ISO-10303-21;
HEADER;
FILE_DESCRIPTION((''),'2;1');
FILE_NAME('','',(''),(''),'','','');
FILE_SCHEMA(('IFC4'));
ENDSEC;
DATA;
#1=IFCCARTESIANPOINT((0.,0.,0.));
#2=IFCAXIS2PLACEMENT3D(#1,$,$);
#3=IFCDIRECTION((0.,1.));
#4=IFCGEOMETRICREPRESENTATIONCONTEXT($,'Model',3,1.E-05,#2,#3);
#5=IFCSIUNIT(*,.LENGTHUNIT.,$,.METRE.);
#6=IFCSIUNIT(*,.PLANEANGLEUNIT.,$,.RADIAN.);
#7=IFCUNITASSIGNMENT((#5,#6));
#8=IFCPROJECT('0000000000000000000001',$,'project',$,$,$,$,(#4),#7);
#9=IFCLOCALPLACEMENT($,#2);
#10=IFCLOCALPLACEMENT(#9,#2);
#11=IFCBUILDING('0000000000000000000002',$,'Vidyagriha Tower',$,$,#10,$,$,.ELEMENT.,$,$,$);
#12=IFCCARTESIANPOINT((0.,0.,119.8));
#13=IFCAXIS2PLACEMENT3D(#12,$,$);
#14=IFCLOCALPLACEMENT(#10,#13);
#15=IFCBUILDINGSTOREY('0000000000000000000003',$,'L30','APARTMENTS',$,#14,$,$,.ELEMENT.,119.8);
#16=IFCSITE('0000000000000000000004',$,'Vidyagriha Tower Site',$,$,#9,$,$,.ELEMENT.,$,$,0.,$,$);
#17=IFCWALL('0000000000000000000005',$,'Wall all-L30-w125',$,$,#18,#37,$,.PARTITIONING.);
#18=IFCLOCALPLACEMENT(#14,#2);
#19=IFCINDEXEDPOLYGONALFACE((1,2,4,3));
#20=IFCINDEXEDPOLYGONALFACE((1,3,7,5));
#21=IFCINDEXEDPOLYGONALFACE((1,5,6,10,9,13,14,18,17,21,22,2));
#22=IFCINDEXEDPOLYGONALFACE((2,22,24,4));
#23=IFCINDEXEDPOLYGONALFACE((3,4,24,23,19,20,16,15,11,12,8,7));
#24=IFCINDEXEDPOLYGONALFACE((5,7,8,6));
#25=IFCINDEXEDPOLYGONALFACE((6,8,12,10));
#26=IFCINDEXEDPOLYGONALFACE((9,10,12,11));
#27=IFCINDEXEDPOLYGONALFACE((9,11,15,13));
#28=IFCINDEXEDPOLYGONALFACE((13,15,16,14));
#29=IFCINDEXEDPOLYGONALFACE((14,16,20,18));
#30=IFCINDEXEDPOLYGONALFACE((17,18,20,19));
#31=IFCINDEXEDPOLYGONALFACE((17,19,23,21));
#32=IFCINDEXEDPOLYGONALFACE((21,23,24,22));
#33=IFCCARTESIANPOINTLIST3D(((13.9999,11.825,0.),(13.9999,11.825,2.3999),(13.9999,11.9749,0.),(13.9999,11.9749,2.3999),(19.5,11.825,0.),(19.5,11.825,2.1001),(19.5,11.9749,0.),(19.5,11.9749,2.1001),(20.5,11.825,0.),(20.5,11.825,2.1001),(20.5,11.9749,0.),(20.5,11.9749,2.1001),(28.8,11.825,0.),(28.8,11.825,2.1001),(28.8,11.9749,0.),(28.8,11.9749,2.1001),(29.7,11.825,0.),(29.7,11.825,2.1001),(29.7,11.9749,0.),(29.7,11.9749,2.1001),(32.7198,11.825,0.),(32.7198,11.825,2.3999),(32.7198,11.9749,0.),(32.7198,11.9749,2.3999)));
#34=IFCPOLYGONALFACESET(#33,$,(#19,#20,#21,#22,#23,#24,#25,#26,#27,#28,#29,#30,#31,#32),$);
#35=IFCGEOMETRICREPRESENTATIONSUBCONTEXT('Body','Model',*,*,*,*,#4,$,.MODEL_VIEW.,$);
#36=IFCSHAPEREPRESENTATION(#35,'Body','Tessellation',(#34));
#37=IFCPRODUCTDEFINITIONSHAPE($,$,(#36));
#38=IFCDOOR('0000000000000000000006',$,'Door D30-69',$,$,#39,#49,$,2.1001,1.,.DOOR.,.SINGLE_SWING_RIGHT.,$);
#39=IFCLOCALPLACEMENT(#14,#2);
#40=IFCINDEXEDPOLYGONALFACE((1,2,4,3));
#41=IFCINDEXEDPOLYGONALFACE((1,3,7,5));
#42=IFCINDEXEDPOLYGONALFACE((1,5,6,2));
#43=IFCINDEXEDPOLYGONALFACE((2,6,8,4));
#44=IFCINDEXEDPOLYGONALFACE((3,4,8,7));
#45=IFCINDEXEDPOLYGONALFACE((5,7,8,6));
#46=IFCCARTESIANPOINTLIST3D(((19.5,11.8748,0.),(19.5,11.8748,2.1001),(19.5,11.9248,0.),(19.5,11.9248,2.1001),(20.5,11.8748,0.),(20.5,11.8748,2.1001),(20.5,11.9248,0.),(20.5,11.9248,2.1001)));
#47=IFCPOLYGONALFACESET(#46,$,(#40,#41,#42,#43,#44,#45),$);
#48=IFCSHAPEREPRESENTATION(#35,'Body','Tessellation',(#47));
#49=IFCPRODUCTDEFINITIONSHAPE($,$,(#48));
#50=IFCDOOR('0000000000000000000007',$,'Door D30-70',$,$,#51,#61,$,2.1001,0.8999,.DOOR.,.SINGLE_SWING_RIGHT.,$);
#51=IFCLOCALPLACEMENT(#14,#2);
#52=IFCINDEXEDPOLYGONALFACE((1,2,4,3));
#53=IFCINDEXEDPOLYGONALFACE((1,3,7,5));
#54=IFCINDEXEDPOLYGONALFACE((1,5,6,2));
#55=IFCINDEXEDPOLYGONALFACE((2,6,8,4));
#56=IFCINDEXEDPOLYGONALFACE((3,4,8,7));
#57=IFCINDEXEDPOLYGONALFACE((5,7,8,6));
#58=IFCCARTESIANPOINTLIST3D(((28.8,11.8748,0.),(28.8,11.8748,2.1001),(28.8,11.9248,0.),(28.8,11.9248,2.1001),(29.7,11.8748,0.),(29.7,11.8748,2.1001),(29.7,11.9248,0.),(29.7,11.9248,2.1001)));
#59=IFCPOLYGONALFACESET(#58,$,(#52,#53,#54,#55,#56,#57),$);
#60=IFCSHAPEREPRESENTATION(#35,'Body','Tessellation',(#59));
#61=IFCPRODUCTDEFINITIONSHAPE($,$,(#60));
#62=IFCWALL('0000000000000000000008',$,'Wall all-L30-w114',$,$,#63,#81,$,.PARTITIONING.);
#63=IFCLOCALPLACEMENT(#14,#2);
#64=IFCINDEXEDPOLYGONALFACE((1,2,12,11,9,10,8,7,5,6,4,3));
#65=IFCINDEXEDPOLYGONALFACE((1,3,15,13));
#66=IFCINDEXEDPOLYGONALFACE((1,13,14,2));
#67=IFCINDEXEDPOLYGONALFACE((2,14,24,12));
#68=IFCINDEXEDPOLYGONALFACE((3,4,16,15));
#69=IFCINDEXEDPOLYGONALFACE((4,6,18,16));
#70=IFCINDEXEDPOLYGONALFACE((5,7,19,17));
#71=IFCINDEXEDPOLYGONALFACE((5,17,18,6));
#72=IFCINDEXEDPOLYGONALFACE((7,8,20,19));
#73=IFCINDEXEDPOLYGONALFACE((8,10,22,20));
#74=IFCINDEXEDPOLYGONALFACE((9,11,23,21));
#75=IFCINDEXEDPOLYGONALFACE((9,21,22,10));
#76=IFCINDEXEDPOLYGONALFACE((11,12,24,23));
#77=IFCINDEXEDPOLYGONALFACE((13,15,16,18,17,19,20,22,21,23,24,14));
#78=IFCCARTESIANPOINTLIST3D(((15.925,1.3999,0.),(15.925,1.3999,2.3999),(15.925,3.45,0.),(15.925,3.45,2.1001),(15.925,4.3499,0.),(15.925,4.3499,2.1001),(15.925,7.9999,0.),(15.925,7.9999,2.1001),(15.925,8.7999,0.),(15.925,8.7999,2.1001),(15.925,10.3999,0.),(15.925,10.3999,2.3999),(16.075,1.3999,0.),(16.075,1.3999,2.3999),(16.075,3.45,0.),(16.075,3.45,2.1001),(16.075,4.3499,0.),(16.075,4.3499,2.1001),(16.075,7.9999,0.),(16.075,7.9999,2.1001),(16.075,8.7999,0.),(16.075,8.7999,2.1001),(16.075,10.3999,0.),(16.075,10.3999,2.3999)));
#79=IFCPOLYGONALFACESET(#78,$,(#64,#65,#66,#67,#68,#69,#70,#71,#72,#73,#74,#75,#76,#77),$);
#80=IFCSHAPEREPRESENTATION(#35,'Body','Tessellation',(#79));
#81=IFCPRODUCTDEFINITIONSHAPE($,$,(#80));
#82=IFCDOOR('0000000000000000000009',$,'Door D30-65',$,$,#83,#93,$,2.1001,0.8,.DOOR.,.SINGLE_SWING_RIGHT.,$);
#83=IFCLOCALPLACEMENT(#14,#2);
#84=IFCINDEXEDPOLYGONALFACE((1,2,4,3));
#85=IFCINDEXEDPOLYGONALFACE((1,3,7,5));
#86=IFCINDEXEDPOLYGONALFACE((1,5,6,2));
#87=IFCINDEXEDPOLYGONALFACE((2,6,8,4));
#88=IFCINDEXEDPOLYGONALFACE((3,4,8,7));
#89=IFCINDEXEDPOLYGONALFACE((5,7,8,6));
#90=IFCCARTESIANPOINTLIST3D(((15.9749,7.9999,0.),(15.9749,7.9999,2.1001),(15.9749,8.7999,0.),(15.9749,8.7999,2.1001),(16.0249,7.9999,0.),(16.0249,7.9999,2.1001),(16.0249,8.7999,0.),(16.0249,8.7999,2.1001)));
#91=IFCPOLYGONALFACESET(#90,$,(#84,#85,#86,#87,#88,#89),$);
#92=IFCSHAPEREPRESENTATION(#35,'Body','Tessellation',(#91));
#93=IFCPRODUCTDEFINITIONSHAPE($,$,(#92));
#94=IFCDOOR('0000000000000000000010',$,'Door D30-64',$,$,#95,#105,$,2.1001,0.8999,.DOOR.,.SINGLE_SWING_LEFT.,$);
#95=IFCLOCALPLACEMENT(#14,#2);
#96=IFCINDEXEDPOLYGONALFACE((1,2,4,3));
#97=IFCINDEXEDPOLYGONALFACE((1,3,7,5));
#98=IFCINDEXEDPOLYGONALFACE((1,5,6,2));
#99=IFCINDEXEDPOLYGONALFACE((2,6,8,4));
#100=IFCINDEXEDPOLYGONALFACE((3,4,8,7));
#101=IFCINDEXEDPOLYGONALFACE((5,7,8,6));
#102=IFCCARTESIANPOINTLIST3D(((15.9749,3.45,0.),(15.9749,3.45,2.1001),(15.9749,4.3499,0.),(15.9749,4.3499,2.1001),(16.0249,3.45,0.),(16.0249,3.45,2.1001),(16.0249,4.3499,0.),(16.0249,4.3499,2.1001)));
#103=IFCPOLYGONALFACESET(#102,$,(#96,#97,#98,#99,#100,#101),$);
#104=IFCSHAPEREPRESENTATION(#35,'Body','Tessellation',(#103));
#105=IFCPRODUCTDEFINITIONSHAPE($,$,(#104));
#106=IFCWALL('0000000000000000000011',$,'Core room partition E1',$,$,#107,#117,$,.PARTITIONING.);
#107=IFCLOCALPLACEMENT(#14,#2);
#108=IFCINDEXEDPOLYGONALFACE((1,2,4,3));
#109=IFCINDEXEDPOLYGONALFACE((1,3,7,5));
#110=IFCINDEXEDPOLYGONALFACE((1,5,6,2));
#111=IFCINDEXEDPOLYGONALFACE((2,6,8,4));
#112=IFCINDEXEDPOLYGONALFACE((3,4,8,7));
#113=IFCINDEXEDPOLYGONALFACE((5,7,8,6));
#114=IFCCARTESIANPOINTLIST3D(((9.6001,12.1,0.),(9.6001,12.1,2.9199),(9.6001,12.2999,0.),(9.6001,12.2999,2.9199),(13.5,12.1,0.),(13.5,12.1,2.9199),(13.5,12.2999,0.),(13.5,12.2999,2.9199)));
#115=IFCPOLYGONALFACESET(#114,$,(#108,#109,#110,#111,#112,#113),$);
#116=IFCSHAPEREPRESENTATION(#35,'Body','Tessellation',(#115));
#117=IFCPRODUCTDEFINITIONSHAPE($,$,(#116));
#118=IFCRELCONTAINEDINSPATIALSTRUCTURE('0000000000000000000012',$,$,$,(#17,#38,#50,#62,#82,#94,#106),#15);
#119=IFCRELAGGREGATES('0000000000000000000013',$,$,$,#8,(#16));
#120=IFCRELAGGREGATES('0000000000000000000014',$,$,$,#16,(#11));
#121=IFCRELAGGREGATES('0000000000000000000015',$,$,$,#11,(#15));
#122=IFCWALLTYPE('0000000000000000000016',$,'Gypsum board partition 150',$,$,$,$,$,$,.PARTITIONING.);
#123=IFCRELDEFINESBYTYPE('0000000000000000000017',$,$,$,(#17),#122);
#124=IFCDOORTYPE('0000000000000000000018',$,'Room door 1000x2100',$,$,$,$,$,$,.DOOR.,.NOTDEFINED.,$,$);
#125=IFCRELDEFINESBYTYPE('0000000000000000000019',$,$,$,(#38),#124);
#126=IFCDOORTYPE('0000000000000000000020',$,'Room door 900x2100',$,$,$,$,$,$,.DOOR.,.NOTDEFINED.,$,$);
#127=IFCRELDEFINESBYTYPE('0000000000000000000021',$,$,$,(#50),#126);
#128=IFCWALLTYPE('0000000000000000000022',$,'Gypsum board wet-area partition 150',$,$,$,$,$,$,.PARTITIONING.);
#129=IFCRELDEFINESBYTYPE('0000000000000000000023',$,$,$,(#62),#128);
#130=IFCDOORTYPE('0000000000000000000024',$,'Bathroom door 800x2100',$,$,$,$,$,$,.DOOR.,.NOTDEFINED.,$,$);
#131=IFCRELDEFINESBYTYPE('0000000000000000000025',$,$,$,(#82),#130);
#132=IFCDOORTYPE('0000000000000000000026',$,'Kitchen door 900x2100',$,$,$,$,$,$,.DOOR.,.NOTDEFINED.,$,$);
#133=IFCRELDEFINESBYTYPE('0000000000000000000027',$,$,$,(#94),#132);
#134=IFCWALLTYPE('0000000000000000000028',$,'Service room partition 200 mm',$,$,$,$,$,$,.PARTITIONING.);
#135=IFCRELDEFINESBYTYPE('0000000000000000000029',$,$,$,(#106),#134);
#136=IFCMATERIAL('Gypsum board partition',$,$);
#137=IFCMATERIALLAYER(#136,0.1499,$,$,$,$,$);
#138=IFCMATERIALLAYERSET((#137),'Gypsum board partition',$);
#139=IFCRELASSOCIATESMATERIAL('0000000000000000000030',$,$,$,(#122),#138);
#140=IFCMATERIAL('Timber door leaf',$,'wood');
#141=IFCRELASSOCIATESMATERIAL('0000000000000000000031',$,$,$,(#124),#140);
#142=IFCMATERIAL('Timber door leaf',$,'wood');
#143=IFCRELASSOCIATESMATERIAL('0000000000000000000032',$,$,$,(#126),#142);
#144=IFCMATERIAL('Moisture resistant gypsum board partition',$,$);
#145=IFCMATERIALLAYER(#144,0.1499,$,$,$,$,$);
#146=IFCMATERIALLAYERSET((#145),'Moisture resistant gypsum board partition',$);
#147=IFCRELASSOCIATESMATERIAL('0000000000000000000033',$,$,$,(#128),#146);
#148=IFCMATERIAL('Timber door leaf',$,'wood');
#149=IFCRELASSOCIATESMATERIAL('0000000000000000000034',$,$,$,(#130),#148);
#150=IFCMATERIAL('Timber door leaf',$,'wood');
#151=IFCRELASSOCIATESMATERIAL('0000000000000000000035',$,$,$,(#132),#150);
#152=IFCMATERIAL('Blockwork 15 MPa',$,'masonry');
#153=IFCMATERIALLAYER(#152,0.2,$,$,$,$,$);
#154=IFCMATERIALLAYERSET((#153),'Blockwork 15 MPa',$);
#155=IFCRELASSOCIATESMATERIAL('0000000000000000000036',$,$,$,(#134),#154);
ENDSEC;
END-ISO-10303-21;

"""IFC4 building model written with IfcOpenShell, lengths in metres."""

from ifc_helpers import new_model, si_unit, direction, frame, frame_2d, origin, place, context, subcontext, project, spatial, rectangle, extrude, material, layer, layer_set, type_object, element, fill, save


model = new_model("IFC4")

# Units and contexts
model_context = context("Model", 3, precision=1e-05, world=origin(), true_north=direction((0.0, 1.0)))
body_context = subcontext(model_context, "Body", "Model", "MODEL_VIEW")
ifc_project = project(units=[si_unit("LENGTHUNIT", "METRE"), si_unit("PLANEANGLEUNIT", "RADIAN")], contexts=[model_context])

# Site, building, storey
site_placement = place(None, origin())
site = spatial("IfcSite", under=ifc_project, at=site_placement, Name="Vidyagriha Tower Site", CompositionType="ELEMENT", RefElevation=0.0)
building_placement = place(site_placement, origin())
building = spatial("IfcBuilding", under=site, at=building_placement, Name="Vidyagriha Tower", CompositionType="ELEMENT")
storey_placement = place(building_placement, frame((0.0, 0.0, 119.8)))
storey = spatial("IfcBuildingStorey", under=building, at=storey_placement, Name="L30", Description="APARTMENTS", CompositionType="ELEMENT", Elevation=119.8)

# Shared definitions
ifc_material_1 = material(Name="Gypsum board partition")
ifc_layer_1 = layer(ifc_material_1, 0.1499)
ifc_layer_set_1 = layer_set([ifc_layer_1], Name="Gypsum board partition")
wall_type_1 = type_object("IfcWallType", Name="Gypsum board partition 150", PredefinedType="PARTITIONING", material=ifc_layer_set_1)

# Walls, openings, doors
wall_1_placement = place(storey_placement, frame((14.0, 11.8999, 0.0)))
wall_1 = element("IfcWall", 1, at=wall_1_placement, inside=storey, type_object=wall_type_1, Name="Wall all-L30-w125", PredefinedType="PARTITIONING", context=body_context, shape_type="SweptSolid", body=[
    extrude(rectangle(XDim=18.72, YDim=0.1499, at=frame_2d((9.3599, 0.0))), origin(), (0.0, 0.0, 1.0), 2.3999),
])
opening_1_placement = place(wall_1_placement, frame((5.5, 0.0, 0.0)))
opening_1 = element("IfcOpeningElement", 2, at=opening_1_placement, cuts=wall_1, PredefinedType="OPENING", context=body_context, shape_type="SweptSolid", body=[
    extrude(rectangle(XDim=1.0, YDim=2.1001, at=frame_2d((0.5, 1.05))), frame((0.0, 0.085, 0.0), z_axis=(0.0, -1.0, 0.0), x_axis=(1.0, 0.0, 0.0)), (0.0, 0.0, 1.0), 0.1699),
])
opening_2_placement = place(wall_1_placement, frame((14.8, 0.0, 0.0)))
opening_2 = element("IfcOpeningElement", 3, at=opening_2_placement, cuts=wall_1, PredefinedType="OPENING", context=body_context, shape_type="SweptSolid", body=[
    extrude(rectangle(XDim=0.8999, YDim=2.1001, at=frame_2d((0.45, 1.05))), frame((0.0, 0.085, 0.0), z_axis=(0.0, -1.0, 0.0), x_axis=(1.0, 0.0, 0.0)), (0.0, 0.0, 1.0), 0.1699),
])
ifc_material_2 = material(Name="Timber door leaf", Category="wood")
door_type_1 = type_object("IfcDoorType", Name="Room door 1000x2100", OperationType="NOTDEFINED", PredefinedType="DOOR", material=ifc_material_2)
door_1_placement = place(opening_1_placement, origin())
door_1 = element("IfcDoor", 4, at=door_1_placement, inside=storey, type_object=door_type_1, Name="Door D30-69", OperationType="SINGLE_SWING_RIGHT", OverallHeight=2.1001, OverallWidth=1.0, PredefinedType="DOOR", context=body_context, shape_type="SweptSolid", body=[
    extrude(rectangle(XDim=1.0, YDim=2.1001, at=frame_2d((0.5, 1.05))), frame((0.0, 0.0249, 0.0), z_axis=(0.0, -1.0, 0.0), x_axis=(1.0, 0.0, 0.0)), (0.0, 0.0, 1.0), 0.05),
])
fill(opening_1, door_1)
ifc_material_3 = material(Name="Timber door leaf", Category="wood")
door_type_2 = type_object("IfcDoorType", Name="Room door 900x2100", OperationType="NOTDEFINED", PredefinedType="DOOR", material=ifc_material_3)
door_2_placement = place(opening_2_placement, origin())
door_2 = element("IfcDoor", 5, at=door_2_placement, inside=storey, type_object=door_type_2, Name="Door D30-70", OperationType="SINGLE_SWING_RIGHT", OverallHeight=2.1001, OverallWidth=0.8999, PredefinedType="DOOR", context=body_context, shape_type="SweptSolid", body=[
    extrude(rectangle(XDim=0.8999, YDim=2.1001, at=frame_2d((0.45, 1.05))), frame((0.0, 0.0249, 0.0), z_axis=(0.0, -1.0, 0.0), x_axis=(1.0, 0.0, 0.0)), (0.0, 0.0, 1.0), 0.05),
])
fill(opening_2, door_2)
ifc_material_4 = material(Name="Moisture resistant gypsum board partition")
ifc_layer_2 = layer(ifc_material_4, 0.1499)
ifc_layer_set_2 = layer_set([ifc_layer_2], Name="Moisture resistant gypsum board partition")
wall_type_2 = type_object("IfcWallType", Name="Gypsum board wet-area partition 150", PredefinedType="PARTITIONING", material=ifc_layer_set_2)
wall_2_placement = place(storey_placement, frame((16.0, 10.3999, 0.0), z_axis=(0.0, 0.0, 1.0), x_axis=(0.0, -1.0, 0.0)))
wall_2 = element("IfcWall", 6, at=wall_2_placement, inside=storey, type_object=wall_type_2, Name="Wall all-L30-w114", PredefinedType="PARTITIONING", context=body_context, shape_type="SweptSolid", body=[
    extrude(rectangle(XDim=9.0, YDim=0.1499, at=frame_2d((4.5, 0.0))), origin(), (0.0, 0.0, 1.0), 2.3999),
])
opening_3_placement = place(wall_2_placement, frame((6.05, 0.0, 0.0)))
opening_3 = element("IfcOpeningElement", 7, at=opening_3_placement, cuts=wall_2, PredefinedType="OPENING", context=body_context, shape_type="SweptSolid", body=[
    extrude(rectangle(XDim=0.8999, YDim=2.1001, at=frame_2d((0.45, 1.05))), frame((0.0, 0.085, 0.0), z_axis=(0.0, -1.0, 0.0), x_axis=(1.0, 0.0, 0.0)), (0.0, 0.0, 1.0), 0.1699),
])
opening_4_placement = place(wall_2_placement, frame((1.6001, 0.0, 0.0)))
opening_4 = element("IfcOpeningElement", 8, at=opening_4_placement, cuts=wall_2, PredefinedType="OPENING", context=body_context, shape_type="SweptSolid", body=[
    extrude(rectangle(XDim=0.8, YDim=2.1001, at=frame_2d((0.3999, 1.05))), frame((0.0, 0.085, 0.0), z_axis=(0.0, -1.0, 0.0), x_axis=(1.0, 0.0, 0.0)), (0.0, 0.0, 1.0), 0.1699),
])
ifc_material_5 = material(Name="Timber door leaf", Category="wood")
door_type_3 = type_object("IfcDoorType", Name="Bathroom door 800x2100", OperationType="NOTDEFINED", PredefinedType="DOOR", material=ifc_material_5)
door_3_placement = place(opening_4_placement, origin())
door_3 = element("IfcDoor", 9, at=door_3_placement, inside=storey, type_object=door_type_3, Name="Door D30-65", OperationType="SINGLE_SWING_RIGHT", OverallHeight=2.1001, OverallWidth=0.8, PredefinedType="DOOR", context=body_context, shape_type="SweptSolid", body=[
    extrude(rectangle(XDim=0.8, YDim=2.1001, at=frame_2d((0.3999, 1.05))), frame((0.0, 0.0249, 0.0), z_axis=(0.0, -1.0, 0.0), x_axis=(1.0, 0.0, 0.0)), (0.0, 0.0, 1.0), 0.05),
])
fill(opening_4, door_3)
ifc_material_6 = material(Name="Timber door leaf", Category="wood")
door_type_4 = type_object("IfcDoorType", Name="Kitchen door 900x2100", OperationType="NOTDEFINED", PredefinedType="DOOR", material=ifc_material_6)
door_4_placement = place(opening_3_placement, origin())
door_4 = element("IfcDoor", 10, at=door_4_placement, inside=storey, type_object=door_type_4, Name="Door D30-64", OperationType="SINGLE_SWING_LEFT", OverallHeight=2.1001, OverallWidth=0.8999, PredefinedType="DOOR", context=body_context, shape_type="SweptSolid", body=[
    extrude(rectangle(XDim=0.8999, YDim=2.1001, at=frame_2d((0.45, 1.05))), frame((0.0, 0.0249, 0.0), z_axis=(0.0, -1.0, 0.0), x_axis=(1.0, 0.0, 0.0)), (0.0, 0.0, 1.0), 0.05),
])
fill(opening_3, door_4)

# Wall
ifc_material_7 = material(Name="Blockwork 15 MPa", Category="masonry")
ifc_layer_3 = layer(ifc_material_7, 0.2)
ifc_layer_set_3 = layer_set([ifc_layer_3], Name="Blockwork 15 MPa")
wall_type_3 = type_object("IfcWallType", Name="Service room partition 200 mm", PredefinedType="PARTITIONING", material=ifc_layer_set_3)
wall_3_placement = place(storey_placement, frame((9.6001, 12.2, 0.0)))
element("IfcWall", 11, at=wall_3_placement, inside=storey, type_object=wall_type_3, Name="Core room partition E1", PredefinedType="PARTITIONING", context=body_context, shape_type="SweptSolid", body=[
    extrude(rectangle(XDim=3.8999, YDim=0.2, at=frame_2d((1.95, 0.0))), origin(), (0.0, 0.0, 1.0), 2.9199),
])

save(model, "model.ifc")
